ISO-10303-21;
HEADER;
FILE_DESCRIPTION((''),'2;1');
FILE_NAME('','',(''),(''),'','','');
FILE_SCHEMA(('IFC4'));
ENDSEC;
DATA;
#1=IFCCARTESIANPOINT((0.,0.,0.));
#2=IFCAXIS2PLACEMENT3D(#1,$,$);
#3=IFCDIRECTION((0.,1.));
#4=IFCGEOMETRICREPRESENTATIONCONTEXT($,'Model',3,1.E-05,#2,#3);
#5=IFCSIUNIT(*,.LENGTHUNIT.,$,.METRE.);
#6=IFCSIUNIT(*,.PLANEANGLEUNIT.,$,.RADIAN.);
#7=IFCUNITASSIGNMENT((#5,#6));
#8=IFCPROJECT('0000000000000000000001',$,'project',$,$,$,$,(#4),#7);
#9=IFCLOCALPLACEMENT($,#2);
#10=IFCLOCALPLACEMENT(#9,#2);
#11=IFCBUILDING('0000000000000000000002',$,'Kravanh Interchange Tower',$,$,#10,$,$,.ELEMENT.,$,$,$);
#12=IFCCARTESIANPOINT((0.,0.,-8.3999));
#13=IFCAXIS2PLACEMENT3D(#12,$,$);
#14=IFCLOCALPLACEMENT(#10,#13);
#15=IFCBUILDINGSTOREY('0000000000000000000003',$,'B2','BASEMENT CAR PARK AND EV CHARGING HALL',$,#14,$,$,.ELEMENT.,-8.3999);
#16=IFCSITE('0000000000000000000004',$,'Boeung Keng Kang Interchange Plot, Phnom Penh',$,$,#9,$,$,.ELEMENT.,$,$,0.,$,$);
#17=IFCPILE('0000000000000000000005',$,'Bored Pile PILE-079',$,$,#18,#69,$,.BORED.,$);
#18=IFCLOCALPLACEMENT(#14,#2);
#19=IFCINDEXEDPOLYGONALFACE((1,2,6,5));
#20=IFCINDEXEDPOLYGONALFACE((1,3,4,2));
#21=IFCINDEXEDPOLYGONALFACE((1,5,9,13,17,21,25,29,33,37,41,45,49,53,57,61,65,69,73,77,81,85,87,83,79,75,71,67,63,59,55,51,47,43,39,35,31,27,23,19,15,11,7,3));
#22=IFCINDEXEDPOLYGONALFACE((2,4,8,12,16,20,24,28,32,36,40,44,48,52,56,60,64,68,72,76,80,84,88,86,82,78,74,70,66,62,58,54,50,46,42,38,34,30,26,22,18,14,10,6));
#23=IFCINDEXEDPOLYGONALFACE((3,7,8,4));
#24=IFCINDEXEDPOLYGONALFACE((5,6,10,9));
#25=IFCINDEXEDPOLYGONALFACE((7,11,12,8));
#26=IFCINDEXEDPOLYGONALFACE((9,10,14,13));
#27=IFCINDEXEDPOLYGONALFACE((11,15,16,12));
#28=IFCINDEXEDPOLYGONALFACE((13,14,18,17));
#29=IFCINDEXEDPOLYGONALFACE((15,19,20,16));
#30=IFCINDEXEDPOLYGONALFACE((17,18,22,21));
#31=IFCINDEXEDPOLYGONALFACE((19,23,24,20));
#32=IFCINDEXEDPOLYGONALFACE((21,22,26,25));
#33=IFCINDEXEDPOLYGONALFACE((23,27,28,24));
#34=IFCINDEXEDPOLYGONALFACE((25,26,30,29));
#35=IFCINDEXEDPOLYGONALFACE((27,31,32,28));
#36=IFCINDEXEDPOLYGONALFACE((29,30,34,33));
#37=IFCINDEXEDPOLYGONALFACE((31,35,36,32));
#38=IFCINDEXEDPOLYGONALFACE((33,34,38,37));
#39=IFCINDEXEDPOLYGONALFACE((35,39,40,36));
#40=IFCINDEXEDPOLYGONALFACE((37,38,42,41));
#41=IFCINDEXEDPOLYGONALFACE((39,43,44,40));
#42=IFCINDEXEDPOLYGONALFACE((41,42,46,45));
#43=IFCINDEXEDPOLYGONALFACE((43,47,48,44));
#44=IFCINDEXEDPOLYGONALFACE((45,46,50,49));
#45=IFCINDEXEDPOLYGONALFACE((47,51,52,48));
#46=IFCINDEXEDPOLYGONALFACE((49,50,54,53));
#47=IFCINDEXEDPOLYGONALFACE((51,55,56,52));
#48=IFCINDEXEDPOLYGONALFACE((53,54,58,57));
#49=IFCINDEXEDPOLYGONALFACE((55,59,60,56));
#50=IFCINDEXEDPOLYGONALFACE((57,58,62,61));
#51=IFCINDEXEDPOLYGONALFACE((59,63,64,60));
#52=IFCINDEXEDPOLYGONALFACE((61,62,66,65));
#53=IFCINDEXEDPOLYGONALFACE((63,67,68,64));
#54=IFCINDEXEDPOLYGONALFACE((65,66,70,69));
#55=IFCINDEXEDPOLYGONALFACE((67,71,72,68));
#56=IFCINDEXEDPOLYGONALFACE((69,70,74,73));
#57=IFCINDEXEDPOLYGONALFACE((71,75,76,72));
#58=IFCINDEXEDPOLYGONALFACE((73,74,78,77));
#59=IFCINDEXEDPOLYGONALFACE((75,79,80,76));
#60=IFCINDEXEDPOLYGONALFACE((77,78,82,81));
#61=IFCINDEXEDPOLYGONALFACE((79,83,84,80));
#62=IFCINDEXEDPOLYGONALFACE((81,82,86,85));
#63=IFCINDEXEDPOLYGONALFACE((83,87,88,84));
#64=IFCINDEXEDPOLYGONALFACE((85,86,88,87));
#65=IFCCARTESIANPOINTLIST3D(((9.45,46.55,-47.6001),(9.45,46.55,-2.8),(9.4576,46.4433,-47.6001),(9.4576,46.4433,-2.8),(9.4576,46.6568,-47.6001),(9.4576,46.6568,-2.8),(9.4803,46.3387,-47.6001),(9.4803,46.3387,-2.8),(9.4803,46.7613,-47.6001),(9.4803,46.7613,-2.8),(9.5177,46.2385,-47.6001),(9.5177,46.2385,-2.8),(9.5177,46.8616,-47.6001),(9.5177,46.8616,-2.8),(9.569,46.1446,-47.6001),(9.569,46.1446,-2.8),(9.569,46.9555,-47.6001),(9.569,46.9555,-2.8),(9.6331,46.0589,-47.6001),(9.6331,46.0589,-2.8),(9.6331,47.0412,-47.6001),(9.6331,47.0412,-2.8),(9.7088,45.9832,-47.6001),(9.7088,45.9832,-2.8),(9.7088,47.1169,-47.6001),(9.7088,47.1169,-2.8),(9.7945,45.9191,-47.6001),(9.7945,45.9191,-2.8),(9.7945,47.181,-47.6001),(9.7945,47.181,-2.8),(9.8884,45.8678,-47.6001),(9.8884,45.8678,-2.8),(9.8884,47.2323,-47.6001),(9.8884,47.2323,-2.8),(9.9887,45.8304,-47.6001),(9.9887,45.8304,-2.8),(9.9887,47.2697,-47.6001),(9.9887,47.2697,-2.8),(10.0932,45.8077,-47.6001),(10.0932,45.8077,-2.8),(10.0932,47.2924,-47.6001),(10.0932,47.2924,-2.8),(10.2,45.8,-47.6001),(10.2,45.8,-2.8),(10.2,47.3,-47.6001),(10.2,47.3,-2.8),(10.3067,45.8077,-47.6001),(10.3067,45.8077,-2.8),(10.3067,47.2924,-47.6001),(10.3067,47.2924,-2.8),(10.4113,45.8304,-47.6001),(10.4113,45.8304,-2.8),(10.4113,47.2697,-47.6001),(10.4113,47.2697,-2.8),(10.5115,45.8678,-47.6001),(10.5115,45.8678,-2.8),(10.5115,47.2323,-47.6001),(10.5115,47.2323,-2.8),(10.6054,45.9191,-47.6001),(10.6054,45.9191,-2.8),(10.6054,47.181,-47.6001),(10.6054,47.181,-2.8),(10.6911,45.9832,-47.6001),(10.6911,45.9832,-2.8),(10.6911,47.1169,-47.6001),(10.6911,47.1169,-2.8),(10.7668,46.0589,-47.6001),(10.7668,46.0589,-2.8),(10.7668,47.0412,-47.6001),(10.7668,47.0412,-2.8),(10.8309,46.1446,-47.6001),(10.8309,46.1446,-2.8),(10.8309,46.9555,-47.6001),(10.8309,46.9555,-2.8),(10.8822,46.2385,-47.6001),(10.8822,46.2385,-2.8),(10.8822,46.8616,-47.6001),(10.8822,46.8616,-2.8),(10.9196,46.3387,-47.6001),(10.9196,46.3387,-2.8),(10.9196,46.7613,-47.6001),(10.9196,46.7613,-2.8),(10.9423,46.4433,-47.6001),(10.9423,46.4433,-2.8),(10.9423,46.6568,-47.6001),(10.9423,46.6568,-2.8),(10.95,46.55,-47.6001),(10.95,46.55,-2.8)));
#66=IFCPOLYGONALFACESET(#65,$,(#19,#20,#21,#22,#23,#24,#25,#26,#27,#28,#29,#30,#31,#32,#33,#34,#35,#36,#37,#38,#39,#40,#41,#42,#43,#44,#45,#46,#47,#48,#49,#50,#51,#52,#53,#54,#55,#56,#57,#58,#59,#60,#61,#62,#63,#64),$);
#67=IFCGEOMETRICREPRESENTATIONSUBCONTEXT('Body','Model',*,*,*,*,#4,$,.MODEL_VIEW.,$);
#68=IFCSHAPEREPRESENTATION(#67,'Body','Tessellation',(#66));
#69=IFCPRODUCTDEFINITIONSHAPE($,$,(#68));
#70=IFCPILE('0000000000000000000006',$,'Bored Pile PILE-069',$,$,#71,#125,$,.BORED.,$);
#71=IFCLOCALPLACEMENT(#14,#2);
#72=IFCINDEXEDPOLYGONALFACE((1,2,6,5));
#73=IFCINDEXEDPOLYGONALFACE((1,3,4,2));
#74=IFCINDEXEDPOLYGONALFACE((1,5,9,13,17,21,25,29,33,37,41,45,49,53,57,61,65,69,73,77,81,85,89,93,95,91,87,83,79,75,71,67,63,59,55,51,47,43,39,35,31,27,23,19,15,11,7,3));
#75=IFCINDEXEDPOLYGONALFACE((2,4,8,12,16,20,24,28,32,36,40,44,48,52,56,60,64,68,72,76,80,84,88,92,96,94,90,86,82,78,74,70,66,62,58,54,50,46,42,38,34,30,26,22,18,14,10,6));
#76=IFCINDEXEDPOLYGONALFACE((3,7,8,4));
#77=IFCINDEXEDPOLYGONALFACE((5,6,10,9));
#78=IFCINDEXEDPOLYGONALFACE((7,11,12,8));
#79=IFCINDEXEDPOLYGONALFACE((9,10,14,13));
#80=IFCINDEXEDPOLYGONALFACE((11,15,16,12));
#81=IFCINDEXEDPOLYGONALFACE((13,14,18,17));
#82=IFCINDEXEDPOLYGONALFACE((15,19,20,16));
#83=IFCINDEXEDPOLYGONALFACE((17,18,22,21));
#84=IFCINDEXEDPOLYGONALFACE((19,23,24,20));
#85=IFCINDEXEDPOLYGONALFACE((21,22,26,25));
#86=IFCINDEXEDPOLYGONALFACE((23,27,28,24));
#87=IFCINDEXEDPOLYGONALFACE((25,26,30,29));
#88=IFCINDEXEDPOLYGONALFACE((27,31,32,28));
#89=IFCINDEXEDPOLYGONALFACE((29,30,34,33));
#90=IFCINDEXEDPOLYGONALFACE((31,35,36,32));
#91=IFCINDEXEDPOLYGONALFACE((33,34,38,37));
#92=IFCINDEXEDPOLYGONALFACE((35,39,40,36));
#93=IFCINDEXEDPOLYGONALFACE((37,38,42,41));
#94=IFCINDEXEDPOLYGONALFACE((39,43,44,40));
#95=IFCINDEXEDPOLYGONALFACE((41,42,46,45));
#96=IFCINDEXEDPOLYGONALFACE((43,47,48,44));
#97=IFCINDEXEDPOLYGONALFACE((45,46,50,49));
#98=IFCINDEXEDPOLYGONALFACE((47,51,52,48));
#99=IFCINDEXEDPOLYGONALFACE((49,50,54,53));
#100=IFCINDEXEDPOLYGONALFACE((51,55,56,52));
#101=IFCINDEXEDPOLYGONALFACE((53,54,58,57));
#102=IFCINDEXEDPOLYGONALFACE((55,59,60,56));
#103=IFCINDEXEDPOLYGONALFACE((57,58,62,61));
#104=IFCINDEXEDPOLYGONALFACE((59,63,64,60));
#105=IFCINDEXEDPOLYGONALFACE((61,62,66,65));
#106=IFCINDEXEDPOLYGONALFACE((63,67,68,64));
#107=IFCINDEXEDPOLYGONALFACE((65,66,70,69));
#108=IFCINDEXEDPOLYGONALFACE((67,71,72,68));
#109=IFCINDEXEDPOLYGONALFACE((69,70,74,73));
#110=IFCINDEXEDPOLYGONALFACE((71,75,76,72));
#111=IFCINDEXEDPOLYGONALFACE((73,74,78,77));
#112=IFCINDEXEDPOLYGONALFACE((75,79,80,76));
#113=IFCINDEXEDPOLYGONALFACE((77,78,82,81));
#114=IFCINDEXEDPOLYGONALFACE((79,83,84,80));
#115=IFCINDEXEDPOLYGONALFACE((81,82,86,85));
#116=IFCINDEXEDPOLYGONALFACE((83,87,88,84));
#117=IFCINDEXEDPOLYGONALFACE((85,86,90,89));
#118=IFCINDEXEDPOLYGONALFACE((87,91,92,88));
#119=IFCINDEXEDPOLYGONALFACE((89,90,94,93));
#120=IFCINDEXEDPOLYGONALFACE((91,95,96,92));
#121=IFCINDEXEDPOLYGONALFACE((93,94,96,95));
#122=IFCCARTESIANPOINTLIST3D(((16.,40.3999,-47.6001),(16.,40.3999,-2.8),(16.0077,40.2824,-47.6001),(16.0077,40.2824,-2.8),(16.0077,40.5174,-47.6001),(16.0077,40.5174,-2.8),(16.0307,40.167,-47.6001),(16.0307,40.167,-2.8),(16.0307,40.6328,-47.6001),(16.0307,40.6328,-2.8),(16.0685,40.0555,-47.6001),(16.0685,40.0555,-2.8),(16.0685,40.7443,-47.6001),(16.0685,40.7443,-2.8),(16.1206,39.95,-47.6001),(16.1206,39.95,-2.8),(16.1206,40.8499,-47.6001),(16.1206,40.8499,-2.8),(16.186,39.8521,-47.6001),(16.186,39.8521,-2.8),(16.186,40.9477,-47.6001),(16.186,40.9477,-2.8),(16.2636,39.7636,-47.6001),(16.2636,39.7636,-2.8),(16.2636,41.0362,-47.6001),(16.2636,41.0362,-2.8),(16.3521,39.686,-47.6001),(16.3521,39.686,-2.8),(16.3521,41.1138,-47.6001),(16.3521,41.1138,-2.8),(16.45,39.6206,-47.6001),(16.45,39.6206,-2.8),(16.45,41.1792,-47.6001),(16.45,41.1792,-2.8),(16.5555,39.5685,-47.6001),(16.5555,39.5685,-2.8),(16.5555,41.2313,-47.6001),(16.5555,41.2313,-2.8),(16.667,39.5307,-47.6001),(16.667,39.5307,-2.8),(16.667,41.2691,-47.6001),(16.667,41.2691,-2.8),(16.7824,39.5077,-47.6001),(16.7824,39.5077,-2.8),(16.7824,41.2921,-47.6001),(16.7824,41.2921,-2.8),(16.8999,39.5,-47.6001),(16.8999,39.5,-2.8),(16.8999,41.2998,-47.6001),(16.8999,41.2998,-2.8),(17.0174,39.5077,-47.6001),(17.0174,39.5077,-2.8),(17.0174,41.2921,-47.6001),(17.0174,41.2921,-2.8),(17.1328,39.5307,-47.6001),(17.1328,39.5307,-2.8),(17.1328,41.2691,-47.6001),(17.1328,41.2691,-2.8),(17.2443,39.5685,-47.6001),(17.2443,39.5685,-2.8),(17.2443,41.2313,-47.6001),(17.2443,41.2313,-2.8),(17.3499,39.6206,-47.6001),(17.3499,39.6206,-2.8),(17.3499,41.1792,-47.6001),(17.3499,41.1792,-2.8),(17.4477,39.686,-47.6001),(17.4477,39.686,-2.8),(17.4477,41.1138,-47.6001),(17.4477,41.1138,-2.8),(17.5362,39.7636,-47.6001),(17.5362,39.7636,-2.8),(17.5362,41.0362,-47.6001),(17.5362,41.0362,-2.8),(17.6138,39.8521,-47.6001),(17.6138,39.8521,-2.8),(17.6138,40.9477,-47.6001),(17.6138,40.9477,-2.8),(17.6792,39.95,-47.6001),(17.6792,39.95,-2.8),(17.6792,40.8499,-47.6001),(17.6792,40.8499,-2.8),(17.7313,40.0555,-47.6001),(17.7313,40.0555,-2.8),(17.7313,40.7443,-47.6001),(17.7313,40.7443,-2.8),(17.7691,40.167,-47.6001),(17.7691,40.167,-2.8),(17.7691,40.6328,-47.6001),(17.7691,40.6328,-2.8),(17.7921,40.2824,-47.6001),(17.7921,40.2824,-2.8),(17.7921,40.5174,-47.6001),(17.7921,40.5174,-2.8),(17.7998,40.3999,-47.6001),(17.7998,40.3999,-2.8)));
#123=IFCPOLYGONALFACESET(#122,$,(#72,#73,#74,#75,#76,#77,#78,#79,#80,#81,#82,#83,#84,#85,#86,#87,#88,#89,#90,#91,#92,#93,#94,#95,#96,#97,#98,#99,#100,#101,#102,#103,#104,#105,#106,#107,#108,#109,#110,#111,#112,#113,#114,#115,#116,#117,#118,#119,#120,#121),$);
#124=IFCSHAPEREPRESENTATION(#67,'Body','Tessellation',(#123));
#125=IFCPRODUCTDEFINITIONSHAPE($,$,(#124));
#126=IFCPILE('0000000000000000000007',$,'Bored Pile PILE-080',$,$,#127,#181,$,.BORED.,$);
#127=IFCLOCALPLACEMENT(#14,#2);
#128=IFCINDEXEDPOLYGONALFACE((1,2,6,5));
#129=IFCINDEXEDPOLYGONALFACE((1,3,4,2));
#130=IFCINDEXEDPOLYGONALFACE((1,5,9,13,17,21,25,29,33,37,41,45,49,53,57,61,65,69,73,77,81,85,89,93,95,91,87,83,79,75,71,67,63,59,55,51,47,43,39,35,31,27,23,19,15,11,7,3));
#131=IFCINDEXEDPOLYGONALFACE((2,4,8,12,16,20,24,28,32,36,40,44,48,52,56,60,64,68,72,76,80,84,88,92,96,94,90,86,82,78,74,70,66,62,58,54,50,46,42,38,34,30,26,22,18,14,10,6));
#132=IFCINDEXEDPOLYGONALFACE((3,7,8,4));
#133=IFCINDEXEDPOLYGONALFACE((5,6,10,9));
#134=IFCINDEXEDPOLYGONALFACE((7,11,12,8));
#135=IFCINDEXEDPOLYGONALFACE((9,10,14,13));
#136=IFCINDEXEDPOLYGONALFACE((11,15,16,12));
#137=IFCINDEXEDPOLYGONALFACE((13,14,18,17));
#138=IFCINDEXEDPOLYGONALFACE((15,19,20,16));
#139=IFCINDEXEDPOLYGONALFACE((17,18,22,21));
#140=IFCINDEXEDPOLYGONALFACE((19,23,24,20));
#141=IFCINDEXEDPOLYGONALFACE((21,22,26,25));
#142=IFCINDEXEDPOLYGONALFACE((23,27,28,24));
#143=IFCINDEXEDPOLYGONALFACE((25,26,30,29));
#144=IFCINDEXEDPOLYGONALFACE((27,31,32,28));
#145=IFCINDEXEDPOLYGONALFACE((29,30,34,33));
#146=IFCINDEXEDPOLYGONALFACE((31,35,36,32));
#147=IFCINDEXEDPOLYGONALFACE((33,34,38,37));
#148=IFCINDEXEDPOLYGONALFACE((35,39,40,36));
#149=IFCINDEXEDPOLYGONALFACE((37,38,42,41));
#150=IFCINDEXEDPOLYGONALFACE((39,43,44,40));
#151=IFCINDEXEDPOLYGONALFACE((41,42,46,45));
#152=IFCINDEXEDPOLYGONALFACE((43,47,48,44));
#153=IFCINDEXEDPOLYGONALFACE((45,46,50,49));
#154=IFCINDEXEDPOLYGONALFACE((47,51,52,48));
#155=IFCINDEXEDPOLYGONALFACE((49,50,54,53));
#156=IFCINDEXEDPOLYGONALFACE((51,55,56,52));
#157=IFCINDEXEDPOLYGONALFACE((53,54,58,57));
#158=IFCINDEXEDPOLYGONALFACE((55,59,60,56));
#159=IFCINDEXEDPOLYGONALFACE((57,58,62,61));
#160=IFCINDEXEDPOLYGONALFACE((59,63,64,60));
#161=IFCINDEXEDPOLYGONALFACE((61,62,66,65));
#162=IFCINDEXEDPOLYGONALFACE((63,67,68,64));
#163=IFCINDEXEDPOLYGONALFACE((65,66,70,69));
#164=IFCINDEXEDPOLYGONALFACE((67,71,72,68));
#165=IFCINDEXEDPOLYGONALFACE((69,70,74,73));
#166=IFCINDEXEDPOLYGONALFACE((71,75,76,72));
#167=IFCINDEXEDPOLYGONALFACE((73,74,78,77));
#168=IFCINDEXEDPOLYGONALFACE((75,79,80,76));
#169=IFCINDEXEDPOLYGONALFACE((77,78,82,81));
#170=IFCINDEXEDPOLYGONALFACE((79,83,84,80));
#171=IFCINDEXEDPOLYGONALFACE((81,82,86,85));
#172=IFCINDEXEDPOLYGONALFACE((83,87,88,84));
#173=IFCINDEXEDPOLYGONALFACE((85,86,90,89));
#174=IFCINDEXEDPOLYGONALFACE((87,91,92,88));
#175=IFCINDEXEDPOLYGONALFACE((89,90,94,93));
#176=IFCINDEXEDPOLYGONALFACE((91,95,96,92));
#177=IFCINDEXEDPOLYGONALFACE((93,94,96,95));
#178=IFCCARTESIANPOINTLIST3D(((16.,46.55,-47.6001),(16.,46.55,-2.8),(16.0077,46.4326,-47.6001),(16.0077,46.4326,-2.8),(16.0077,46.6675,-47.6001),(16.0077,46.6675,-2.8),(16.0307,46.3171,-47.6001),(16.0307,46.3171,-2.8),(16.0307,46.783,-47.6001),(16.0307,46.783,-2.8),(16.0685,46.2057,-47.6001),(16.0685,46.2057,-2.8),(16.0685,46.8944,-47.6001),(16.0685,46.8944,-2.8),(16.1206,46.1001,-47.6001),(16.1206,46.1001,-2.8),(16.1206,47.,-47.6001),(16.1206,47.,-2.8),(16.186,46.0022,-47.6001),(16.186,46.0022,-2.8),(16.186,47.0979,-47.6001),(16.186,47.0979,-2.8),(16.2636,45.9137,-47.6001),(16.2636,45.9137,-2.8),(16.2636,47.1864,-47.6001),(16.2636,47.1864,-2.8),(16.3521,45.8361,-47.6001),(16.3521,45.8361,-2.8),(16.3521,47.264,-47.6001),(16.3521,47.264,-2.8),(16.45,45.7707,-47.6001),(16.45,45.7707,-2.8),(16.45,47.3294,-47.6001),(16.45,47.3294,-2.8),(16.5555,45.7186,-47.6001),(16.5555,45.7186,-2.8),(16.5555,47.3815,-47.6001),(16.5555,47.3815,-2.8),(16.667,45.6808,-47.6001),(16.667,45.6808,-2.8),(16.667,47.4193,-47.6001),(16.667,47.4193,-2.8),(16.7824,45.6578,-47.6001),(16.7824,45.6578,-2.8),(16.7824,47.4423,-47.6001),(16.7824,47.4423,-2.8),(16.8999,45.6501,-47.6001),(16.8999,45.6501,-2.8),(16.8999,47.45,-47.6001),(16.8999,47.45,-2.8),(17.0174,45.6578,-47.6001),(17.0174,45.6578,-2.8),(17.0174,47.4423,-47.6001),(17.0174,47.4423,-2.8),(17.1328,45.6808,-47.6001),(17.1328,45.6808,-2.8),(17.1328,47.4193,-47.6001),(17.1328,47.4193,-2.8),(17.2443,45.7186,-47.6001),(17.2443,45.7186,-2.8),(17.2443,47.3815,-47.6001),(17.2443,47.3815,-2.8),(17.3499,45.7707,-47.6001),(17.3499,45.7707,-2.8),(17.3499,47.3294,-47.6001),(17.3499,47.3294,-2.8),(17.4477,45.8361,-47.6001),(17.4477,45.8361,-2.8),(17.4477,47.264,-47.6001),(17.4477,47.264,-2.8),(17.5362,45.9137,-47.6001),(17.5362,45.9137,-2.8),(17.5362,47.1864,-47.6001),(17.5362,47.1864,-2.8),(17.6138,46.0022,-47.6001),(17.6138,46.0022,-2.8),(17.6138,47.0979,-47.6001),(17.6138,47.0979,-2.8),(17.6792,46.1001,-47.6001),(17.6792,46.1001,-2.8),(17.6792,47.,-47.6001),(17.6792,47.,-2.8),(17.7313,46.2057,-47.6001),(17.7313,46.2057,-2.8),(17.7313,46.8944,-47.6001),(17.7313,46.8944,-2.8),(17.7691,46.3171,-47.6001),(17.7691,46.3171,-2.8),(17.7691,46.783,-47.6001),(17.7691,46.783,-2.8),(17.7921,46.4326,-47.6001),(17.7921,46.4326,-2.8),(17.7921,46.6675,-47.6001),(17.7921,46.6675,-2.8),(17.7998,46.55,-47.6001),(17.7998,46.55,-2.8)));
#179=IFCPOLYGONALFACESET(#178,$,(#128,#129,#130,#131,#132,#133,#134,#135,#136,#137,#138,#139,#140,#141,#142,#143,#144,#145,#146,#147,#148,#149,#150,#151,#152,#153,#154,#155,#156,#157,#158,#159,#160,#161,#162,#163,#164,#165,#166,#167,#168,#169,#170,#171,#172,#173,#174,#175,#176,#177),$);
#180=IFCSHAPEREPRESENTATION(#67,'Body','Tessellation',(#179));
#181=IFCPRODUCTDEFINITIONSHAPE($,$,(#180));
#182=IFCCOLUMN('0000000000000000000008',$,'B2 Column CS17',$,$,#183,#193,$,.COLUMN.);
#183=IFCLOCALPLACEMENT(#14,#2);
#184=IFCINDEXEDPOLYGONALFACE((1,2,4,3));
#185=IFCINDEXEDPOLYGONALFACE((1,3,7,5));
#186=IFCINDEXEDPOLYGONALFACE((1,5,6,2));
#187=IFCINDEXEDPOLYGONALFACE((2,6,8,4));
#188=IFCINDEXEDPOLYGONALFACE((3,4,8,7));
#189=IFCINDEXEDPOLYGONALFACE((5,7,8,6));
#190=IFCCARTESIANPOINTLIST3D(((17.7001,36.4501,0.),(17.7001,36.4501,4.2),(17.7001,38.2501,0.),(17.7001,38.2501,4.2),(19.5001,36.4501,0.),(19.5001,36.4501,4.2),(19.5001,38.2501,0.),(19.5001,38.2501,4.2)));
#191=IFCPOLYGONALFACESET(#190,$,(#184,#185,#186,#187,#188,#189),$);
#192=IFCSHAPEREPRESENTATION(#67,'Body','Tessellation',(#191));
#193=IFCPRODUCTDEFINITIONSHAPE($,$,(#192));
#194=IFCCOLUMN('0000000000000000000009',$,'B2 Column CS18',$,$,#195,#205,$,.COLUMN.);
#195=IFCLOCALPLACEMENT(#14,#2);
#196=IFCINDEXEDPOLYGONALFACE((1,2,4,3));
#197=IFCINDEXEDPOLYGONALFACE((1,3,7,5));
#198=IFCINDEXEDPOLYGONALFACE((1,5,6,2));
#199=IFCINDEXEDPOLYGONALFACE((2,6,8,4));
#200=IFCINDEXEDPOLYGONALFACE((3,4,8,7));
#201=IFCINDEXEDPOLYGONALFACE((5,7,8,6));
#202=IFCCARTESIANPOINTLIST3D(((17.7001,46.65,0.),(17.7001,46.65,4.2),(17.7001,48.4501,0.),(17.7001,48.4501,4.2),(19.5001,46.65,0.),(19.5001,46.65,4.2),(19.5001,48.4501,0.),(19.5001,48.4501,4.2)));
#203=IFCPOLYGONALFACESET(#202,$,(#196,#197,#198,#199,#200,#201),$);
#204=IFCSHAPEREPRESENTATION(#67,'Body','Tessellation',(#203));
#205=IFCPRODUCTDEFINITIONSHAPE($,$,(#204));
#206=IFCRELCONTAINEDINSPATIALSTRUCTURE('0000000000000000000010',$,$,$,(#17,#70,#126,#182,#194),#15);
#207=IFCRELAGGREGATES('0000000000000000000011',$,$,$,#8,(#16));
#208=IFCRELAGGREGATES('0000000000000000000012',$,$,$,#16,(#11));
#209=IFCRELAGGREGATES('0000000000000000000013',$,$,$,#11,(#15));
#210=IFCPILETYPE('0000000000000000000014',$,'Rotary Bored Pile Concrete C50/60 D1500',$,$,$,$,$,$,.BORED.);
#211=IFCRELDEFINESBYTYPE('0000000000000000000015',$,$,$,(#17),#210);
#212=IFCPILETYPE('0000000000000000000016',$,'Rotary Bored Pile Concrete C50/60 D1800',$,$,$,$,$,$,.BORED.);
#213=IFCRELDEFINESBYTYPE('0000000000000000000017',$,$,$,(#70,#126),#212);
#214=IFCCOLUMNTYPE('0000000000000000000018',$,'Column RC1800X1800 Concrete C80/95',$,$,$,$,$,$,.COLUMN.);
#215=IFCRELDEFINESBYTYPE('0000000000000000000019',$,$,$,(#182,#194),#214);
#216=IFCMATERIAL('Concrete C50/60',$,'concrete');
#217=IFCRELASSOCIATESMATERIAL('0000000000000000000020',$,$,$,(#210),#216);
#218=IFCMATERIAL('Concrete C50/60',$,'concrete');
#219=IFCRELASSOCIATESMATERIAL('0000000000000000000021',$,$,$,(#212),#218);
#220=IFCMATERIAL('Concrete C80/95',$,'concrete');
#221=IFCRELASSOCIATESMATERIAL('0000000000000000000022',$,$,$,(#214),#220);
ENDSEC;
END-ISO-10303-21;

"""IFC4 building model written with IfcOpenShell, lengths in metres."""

from ifc_helpers import new_model, si_unit, direction, frame, origin, origin_2d, place, context, subcontext, project, spatial, rectangle, circle, extrude, material, material_profile, profile_set, type_object, element, save


model = new_model("IFC4")

# Units and contexts
model_context = context("Model", 3, precision=1e-05, world=origin(), true_north=direction((0.0, 1.0)))
body_context = subcontext(model_context, "Body", "Model", "MODEL_VIEW")
ifc_project = project(units=[si_unit("LENGTHUNIT", "METRE"), si_unit("PLANEANGLEUNIT", "RADIAN")], contexts=[model_context])

# Site, building, storey
site_placement = place(None, origin())
site = spatial("IfcSite", under=ifc_project, at=site_placement, Name="Boeung Keng Kang Interchange Plot, Phnom Penh", CompositionType="ELEMENT", RefElevation=0.0)
building_placement = place(site_placement, origin())
building = spatial("IfcBuilding", under=site, at=building_placement, Name="Kravanh Interchange Tower", CompositionType="ELEMENT")
storey_placement = place(building_placement, frame((0.0, 0.0, -8.3999)))
storey = spatial("IfcBuildingStorey", under=building, at=storey_placement, Name="B2", Description="BASEMENT CAR PARK AND EV CHARGING HALL", CompositionType="ELEMENT", Elevation=-8.3999)

# Piles
ifc_material_1 = material(Name="Concrete C50/60", Category="concrete")
ifc_material_profile_1 = material_profile(ifc_material_1, circle(Radius=0.75, at=origin_2d()), Name="PILE-D1500")
ifc_profile_set_1 = profile_set([ifc_material_profile_1], Name="Concrete C50/60")
pile_type_1 = type_object("IfcPileType", Name="Rotary Bored Pile Concrete C50/60 D1500", PredefinedType="BORED", material=ifc_profile_set_1)
for number, where, z_axis, x_axis, name in (
    (1, (10.2, 46.55, -2.8), (0.0, 0.0, -1.0), (1.0, 0.0, 0.0), "Bored Pile PILE-079"),
):
    element("IfcPile", number, at=place(storey_placement, frame(where, z_axis=z_axis, x_axis=x_axis)), inside=storey, type_object=pile_type_1, Name=name, PredefinedType="BORED", context=body_context, shape_type="SweptSolid", body=[
        extrude(circle(Radius=0.75, at=origin_2d()), origin(), (0.0, 0.0, 1.0), 44.8),
    ])
ifc_material_2 = material(Name="Concrete C50/60", Category="concrete")
ifc_material_profile_2 = material_profile(ifc_material_2, circle(Radius=0.8999, at=origin_2d()), Name="PILE-D1800")
ifc_profile_set_2 = profile_set([ifc_material_profile_2], Name="Concrete C50/60")
pile_type_2 = type_object("IfcPileType", Name="Rotary Bored Pile Concrete C50/60 D1800", PredefinedType="BORED", material=ifc_profile_set_2)
for number, where, z_axis, x_axis, name in (
    (2, (16.8999, 40.3999, -2.8), (0.0, 0.0, -1.0), (1.0, 0.0, 0.0), "Bored Pile PILE-069"),
    (3, (16.8999, 46.55, -2.8), (0.0, 0.0, -1.0), (1.0, 0.0, 0.0), "Bored Pile PILE-080"),
):
    element("IfcPile", number, at=place(storey_placement, frame(where, z_axis=z_axis, x_axis=x_axis)), inside=storey, type_object=pile_type_2, Name=name, PredefinedType="BORED", context=body_context, shape_type="SweptSolid", body=[
        extrude(circle(Radius=0.8999, at=origin_2d()), origin(), (0.0, 0.0, 1.0), 44.8),
    ])

# Columns
ifc_material_3 = material(Name="Concrete C80/95", Category="concrete")
ifc_material_profile_3 = material_profile(ifc_material_3, rectangle(XDim=1.8, YDim=1.8, at=origin_2d()), Name="RC1800X1800")
ifc_profile_set_3 = profile_set([ifc_material_profile_3], Name="Concrete C80/95")
column_type_1 = type_object("IfcColumnType", Name="Column RC1800X1800 Concrete C80/95", PredefinedType="COLUMN", material=ifc_profile_set_3)
for number, where, z_axis, x_axis, name in (
    (4, (18.6001, 37.3501, 0.0), (0.0, 0.0, 1.0), (1.0, 0.0, 0.0), "B2 Column CS17"),
    (5, (18.6001, 47.55, 0.0), (0.0, 0.0, 1.0), (1.0, 0.0, 0.0), "B2 Column CS18"),
):
    element("IfcColumn", number, at=place(storey_placement, frame(where, z_axis=z_axis, x_axis=x_axis)), inside=storey, type_object=column_type_1, Name=name, PredefinedType="COLUMN", context=body_context, shape_type="SweptSolid", body=[
        extrude(rectangle(XDim=1.8, YDim=1.8, at=origin_2d()), origin(), (0.0, 0.0, 1.0), 4.2),
    ])

save(model, "model.ifc")
